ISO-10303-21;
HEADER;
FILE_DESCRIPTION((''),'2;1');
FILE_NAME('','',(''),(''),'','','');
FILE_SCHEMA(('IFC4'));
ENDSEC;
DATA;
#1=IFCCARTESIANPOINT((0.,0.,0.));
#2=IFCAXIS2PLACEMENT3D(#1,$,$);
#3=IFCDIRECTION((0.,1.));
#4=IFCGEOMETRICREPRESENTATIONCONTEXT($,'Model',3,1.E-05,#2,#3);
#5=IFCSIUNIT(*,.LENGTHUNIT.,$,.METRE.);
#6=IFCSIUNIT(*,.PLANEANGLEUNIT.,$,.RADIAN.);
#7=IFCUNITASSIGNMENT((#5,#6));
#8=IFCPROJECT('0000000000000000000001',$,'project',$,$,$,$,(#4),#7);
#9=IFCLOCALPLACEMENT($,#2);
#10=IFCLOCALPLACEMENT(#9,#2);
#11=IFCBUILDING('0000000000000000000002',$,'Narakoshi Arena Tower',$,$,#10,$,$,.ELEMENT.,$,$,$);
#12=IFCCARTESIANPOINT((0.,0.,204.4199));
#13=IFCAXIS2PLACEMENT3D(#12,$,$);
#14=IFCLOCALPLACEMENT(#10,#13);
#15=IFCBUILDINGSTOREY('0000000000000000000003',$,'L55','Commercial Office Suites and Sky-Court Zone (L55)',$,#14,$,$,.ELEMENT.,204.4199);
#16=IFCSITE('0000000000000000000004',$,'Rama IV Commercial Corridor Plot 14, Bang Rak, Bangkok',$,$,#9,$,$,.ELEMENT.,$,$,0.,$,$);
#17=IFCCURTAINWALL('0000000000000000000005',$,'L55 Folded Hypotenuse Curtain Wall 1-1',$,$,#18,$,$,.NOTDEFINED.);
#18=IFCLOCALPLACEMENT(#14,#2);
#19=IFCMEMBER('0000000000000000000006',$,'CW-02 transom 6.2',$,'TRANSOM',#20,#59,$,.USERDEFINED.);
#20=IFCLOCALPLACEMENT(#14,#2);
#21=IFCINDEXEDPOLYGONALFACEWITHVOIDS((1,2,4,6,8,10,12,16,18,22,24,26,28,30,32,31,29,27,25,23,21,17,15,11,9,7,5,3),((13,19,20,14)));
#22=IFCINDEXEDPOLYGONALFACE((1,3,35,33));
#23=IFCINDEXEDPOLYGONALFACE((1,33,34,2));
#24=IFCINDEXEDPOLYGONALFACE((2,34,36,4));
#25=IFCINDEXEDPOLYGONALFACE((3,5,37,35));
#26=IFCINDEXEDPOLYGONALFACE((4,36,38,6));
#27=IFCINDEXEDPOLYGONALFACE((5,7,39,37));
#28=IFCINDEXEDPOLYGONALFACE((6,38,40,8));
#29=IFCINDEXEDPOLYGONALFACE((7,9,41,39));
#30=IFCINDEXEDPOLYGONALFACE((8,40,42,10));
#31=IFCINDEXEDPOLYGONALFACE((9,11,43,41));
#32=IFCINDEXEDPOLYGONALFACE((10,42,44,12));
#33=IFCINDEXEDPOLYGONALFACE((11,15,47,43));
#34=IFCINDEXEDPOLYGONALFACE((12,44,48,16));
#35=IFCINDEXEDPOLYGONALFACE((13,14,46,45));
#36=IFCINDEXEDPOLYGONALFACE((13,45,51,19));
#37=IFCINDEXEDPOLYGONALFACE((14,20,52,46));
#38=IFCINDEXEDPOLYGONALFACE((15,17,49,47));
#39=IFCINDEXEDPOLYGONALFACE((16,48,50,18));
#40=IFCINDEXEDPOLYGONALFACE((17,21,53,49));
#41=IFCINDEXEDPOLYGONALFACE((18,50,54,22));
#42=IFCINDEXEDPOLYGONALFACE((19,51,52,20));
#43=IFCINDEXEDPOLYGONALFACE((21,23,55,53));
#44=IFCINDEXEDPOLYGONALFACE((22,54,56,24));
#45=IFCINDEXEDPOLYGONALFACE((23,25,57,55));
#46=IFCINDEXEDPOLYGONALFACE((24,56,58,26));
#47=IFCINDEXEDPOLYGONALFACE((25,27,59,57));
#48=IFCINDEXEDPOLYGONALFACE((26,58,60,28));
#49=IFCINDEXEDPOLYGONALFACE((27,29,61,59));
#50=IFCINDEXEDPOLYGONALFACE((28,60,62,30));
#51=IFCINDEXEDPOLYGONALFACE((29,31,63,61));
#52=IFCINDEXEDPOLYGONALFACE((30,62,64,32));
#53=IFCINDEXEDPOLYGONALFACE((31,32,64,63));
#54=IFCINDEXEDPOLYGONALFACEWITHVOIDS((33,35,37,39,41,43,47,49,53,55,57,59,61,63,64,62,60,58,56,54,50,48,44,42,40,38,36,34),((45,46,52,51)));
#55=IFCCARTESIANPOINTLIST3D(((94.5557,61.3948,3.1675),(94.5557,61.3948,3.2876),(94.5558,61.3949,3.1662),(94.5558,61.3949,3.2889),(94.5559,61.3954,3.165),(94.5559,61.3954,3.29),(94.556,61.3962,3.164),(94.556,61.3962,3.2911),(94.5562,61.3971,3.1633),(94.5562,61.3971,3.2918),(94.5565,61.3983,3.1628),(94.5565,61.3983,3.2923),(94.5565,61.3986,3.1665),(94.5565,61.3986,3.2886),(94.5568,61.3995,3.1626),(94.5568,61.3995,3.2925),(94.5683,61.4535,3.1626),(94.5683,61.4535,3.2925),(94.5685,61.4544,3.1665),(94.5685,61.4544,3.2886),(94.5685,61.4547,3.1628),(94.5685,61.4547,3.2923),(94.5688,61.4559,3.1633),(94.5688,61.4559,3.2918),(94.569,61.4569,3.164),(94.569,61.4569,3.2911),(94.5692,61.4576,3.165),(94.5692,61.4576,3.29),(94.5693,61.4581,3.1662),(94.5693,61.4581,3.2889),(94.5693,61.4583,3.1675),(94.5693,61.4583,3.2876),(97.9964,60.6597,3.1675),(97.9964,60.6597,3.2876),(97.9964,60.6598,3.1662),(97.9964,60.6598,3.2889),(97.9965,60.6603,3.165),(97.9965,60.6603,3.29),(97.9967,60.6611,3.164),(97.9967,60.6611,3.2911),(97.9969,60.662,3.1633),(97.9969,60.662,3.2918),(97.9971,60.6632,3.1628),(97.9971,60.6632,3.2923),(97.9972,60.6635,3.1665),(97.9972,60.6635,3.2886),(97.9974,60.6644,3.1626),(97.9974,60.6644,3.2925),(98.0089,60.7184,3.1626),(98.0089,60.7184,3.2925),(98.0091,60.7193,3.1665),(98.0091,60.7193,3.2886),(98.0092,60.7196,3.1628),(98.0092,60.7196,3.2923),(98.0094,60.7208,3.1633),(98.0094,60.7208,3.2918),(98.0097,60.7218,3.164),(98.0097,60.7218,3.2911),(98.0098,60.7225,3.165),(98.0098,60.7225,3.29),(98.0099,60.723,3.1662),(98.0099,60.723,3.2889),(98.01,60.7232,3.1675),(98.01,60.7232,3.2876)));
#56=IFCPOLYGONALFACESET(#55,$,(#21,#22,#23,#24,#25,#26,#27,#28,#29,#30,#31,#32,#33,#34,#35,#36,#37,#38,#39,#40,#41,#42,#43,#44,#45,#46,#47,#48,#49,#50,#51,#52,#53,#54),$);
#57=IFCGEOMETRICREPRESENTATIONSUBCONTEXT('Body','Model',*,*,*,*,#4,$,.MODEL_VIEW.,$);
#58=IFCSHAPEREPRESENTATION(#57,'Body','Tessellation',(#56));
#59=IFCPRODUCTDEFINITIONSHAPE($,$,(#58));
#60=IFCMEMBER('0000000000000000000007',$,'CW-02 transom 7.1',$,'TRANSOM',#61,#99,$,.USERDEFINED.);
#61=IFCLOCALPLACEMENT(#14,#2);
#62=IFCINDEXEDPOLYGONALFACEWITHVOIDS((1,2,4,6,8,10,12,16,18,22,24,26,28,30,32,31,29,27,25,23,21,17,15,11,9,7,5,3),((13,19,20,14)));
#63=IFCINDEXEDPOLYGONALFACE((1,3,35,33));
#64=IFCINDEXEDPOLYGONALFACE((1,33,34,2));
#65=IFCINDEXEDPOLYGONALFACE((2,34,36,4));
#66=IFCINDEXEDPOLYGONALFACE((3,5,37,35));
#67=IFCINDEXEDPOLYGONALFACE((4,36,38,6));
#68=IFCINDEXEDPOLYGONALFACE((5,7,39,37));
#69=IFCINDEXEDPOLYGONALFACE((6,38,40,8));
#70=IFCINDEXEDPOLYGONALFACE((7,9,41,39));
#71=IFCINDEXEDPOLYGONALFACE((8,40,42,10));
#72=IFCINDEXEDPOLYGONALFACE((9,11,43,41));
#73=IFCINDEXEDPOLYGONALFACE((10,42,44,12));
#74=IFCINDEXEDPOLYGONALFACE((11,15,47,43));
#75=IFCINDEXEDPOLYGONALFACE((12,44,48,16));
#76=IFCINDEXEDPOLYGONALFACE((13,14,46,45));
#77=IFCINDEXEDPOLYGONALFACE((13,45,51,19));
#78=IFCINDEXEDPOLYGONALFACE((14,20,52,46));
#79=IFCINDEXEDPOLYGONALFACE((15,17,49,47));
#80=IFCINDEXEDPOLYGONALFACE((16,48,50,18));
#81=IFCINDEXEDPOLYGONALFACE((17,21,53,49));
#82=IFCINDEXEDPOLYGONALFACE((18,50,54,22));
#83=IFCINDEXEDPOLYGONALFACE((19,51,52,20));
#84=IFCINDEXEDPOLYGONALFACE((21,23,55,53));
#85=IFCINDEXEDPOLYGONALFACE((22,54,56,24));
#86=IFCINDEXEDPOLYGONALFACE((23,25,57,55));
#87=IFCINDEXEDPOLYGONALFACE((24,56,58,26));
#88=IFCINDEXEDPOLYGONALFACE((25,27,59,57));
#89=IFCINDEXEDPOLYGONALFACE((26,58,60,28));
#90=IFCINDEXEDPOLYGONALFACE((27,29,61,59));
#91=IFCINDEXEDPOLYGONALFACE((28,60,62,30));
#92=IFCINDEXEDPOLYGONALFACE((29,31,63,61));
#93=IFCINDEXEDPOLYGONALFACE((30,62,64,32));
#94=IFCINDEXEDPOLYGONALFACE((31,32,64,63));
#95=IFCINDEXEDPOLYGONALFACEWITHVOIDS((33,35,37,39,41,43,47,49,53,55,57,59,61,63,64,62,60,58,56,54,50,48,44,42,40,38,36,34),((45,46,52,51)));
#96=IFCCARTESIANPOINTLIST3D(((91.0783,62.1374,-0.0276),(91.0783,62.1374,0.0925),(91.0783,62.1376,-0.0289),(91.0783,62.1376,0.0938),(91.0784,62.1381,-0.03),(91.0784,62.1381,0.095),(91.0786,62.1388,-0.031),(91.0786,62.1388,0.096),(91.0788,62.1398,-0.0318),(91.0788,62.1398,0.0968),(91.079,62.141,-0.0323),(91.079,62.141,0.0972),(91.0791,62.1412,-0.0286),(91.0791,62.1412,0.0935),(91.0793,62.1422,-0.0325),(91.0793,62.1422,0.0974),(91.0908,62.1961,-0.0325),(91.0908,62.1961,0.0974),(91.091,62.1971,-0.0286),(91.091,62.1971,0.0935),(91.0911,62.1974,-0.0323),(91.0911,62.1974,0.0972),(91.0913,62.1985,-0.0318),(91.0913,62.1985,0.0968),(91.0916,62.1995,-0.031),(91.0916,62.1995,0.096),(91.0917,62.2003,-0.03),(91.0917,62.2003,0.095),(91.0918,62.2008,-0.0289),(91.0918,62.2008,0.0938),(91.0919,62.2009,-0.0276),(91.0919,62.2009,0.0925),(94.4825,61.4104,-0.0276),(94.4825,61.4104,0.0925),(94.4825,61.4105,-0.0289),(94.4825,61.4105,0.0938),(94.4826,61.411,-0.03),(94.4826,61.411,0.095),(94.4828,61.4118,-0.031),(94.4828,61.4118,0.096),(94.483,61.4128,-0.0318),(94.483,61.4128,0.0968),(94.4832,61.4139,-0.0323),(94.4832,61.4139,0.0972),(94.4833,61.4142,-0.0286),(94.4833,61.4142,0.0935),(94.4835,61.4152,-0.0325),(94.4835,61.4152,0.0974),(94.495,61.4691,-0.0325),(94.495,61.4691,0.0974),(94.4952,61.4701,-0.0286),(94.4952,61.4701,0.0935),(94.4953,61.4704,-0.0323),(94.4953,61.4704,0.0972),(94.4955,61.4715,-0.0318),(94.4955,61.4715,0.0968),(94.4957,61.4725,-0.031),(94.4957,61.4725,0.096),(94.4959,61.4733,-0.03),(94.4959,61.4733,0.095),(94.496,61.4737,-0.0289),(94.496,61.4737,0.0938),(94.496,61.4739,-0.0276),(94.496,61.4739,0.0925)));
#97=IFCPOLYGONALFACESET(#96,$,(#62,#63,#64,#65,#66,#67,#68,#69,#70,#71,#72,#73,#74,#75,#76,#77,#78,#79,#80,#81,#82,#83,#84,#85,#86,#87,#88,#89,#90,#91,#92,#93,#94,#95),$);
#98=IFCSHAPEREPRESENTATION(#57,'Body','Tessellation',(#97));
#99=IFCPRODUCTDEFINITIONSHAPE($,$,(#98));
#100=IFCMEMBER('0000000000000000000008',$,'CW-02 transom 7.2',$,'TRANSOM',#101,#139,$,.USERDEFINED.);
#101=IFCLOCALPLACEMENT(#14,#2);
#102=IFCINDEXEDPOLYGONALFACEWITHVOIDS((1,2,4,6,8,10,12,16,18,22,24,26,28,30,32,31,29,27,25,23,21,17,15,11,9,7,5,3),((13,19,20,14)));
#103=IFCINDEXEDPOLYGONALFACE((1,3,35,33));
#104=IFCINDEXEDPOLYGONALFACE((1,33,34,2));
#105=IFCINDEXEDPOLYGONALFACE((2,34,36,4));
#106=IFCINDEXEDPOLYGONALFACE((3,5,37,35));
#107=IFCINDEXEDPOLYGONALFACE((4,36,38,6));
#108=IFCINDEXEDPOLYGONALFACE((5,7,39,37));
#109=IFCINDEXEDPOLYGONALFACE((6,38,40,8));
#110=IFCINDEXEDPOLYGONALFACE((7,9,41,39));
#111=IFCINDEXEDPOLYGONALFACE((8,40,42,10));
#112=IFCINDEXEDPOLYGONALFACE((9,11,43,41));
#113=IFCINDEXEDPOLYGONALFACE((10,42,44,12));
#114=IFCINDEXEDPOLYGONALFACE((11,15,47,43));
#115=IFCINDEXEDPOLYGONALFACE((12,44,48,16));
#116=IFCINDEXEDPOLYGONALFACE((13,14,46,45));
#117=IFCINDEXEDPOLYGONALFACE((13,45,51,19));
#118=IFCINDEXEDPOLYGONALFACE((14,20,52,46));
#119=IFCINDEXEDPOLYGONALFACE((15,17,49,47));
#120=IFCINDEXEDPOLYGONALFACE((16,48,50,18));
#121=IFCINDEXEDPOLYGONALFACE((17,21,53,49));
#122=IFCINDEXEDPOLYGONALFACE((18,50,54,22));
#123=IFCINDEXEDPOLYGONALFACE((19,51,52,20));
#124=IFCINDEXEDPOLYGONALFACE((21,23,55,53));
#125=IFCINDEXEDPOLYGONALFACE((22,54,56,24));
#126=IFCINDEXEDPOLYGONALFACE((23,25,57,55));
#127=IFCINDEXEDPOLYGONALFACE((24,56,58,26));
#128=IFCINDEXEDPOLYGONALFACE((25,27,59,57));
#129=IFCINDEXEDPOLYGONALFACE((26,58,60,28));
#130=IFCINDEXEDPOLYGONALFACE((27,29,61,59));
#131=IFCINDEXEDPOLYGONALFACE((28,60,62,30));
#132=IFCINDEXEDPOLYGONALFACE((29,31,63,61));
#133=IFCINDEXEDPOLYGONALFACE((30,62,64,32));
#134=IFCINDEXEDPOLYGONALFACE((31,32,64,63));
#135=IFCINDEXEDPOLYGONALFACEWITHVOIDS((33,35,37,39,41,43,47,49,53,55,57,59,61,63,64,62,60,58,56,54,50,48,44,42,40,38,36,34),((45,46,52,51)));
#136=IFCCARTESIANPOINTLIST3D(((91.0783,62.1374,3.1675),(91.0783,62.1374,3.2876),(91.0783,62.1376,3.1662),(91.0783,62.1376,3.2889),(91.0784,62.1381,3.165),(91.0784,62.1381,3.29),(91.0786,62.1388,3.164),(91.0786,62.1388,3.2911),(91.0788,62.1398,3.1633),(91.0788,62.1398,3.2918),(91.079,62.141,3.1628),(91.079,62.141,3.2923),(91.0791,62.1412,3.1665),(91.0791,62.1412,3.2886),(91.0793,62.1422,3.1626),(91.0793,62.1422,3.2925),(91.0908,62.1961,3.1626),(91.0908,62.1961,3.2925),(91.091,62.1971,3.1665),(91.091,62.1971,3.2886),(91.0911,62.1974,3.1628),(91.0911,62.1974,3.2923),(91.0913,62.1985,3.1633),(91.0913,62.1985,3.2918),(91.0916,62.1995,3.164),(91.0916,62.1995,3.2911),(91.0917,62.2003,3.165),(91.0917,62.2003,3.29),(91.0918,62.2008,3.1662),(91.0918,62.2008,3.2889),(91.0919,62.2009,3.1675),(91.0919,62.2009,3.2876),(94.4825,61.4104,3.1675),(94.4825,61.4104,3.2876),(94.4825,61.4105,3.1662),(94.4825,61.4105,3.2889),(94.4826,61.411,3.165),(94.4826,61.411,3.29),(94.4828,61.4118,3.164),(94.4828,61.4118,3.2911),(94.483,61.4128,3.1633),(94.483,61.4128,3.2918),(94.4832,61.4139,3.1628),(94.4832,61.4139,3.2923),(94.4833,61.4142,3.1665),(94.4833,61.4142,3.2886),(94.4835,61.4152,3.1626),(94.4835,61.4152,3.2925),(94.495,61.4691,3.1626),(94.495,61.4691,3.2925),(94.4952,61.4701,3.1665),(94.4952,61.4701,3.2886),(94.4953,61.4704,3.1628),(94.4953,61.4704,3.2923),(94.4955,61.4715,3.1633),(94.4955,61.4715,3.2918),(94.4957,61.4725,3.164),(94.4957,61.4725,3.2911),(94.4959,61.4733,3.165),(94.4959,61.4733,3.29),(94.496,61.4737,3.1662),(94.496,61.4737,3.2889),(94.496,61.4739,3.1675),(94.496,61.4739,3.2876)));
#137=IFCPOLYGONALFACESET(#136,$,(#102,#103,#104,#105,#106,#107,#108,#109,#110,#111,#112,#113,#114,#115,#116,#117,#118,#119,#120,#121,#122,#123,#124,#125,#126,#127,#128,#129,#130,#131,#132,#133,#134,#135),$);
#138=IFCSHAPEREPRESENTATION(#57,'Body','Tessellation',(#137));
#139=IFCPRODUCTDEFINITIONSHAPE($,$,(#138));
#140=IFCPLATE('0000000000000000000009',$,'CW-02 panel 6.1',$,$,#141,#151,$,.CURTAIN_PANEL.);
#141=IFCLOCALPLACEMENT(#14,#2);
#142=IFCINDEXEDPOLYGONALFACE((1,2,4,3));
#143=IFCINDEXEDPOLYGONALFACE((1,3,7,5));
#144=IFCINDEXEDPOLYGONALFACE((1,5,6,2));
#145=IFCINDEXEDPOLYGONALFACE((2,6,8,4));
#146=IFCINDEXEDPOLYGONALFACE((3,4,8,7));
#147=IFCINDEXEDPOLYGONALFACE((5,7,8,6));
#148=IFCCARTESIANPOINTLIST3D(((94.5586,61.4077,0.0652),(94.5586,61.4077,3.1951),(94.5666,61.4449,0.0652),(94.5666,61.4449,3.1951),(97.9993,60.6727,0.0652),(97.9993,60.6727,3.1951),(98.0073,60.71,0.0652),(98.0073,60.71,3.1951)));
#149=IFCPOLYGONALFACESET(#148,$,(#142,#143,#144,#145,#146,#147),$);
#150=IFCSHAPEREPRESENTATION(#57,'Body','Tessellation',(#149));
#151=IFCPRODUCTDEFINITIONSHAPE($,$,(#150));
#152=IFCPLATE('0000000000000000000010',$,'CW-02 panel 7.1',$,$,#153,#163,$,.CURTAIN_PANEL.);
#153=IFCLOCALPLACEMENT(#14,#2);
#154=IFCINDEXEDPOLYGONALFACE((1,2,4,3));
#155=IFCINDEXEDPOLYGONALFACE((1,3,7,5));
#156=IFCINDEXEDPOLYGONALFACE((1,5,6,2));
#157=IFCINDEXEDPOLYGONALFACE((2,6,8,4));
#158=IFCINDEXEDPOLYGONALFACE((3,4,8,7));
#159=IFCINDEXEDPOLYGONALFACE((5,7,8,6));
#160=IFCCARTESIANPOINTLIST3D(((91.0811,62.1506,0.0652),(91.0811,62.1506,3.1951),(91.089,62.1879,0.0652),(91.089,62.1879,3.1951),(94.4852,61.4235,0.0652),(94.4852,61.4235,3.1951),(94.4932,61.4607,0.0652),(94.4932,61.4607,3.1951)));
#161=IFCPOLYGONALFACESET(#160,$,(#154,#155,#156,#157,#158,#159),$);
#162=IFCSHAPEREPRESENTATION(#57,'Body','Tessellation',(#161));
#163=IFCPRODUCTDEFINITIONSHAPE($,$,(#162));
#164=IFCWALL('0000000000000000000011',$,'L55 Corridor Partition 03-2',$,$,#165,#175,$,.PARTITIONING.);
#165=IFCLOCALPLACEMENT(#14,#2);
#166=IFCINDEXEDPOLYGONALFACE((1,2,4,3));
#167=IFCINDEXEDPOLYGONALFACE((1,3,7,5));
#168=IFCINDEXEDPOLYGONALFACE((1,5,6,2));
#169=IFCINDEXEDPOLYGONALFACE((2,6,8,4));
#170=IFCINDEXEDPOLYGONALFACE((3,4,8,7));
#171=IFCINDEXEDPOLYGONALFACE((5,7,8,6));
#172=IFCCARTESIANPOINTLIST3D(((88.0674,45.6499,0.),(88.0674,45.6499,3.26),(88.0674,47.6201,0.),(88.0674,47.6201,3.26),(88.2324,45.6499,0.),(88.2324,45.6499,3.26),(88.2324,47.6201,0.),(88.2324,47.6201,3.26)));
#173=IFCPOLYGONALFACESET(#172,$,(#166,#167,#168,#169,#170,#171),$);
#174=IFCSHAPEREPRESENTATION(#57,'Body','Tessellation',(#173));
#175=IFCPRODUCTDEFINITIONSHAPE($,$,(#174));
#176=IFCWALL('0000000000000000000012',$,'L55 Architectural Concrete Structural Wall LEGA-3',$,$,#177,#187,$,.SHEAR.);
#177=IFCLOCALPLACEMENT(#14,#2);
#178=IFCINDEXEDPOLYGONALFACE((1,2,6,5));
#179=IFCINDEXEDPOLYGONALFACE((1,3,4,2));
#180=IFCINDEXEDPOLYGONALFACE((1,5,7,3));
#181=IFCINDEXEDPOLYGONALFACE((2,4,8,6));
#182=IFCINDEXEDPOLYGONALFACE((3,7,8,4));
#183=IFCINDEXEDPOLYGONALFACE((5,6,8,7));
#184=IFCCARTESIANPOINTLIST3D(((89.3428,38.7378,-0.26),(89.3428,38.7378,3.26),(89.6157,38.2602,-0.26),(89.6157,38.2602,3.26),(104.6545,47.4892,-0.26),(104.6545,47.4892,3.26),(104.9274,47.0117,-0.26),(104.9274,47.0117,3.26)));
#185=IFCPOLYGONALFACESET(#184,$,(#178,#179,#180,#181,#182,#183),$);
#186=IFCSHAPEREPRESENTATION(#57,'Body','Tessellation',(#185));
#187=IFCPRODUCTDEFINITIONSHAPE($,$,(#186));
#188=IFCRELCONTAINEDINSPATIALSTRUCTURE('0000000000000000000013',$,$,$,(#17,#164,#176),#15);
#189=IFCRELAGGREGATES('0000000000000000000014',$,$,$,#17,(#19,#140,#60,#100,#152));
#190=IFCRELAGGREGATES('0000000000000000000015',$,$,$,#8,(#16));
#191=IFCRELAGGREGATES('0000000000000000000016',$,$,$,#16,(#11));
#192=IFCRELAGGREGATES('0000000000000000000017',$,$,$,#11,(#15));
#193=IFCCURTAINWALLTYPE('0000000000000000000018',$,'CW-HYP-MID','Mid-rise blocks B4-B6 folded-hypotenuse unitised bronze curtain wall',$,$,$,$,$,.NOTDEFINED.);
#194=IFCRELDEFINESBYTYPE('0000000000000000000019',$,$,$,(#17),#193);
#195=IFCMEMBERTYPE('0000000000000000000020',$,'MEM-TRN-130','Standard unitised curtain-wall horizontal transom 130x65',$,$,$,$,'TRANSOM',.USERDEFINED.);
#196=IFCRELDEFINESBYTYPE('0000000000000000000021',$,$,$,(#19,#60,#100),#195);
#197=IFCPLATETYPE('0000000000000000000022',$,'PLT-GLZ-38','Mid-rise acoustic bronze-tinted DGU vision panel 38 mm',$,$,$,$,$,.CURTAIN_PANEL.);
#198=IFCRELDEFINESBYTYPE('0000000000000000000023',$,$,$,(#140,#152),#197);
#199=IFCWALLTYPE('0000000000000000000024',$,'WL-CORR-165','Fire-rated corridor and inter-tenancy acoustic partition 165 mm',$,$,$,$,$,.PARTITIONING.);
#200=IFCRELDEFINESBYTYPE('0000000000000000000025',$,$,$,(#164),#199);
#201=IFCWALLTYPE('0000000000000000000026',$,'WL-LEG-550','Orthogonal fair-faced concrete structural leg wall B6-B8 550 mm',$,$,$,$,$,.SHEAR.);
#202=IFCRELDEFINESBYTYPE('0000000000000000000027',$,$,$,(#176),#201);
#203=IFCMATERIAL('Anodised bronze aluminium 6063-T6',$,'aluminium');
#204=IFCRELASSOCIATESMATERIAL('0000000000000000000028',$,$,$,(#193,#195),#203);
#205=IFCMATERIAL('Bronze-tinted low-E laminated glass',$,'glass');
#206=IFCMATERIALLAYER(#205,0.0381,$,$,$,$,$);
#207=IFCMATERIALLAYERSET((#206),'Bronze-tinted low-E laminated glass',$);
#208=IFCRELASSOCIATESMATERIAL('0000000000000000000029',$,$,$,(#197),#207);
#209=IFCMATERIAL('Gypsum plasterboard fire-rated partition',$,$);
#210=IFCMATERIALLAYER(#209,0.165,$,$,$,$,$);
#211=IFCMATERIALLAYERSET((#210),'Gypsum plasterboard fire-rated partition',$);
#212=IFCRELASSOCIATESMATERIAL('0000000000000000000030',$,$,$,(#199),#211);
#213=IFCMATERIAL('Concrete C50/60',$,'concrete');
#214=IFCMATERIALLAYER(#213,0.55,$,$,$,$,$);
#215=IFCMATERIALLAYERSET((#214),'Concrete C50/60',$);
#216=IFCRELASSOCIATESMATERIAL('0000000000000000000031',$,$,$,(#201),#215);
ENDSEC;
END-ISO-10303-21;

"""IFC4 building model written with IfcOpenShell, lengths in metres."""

from ifc_helpers import new_model, si_unit, direction, frame, frame_2d, origin, origin_2d, place, context, subcontext, project, spatial, rectangle, hollow_rectangle, extrude, material, layer, layer_set, material_profile, profile_set, type_object, element, aggregate, save


model = new_model("IFC4")

# Units and contexts
model_context = context("Model", 3, precision=1e-05, world=origin(), true_north=direction((0.0, 1.0)))
body_context = subcontext(model_context, "Body", "Model", "MODEL_VIEW")
ifc_project = project(units=[si_unit("LENGTHUNIT", "METRE"), si_unit("PLANEANGLEUNIT", "RADIAN")], contexts=[model_context])

# Site, building, storey
site_placement = place(None, origin())
site = spatial("IfcSite", under=ifc_project, at=site_placement, Name="Rama IV Commercial Corridor Plot 14, Bang Rak, Bangkok", CompositionType="ELEMENT", RefElevation=0.0)
building_placement = place(site_placement, origin())
building = spatial("IfcBuilding", under=site, at=building_placement, Name="Narakoshi Arena Tower", CompositionType="ELEMENT")
storey_placement = place(building_placement, frame((0.0, 0.0, 204.4199)))
storey = spatial("IfcBuildingStorey", under=building, at=storey_placement, Name="L55", Description="Commercial Office Suites and Sky-Court Zone (L55)", CompositionType="ELEMENT", Elevation=204.4199)

# Shared definitions
ifc_material_1 = material(Name="Concrete C50/60", Category="concrete")

# Curtain wall, members, plates
ifc_material_2 = material(Name="Anodised bronze aluminium 6063-T6", Category="aluminium")
curtain_wall_type = type_object("IfcCurtainWallType", Name="CW-HYP-MID", Description="Mid-rise blocks B4-B6 folded-hypotenuse unitised bronze curtain wall", PredefinedType="NOTDEFINED", material=ifc_material_2)
curtain_wall_placement = place(storey_placement, origin())
curtain_wall = element("IfcCurtainWall", 1, at=curtain_wall_placement, inside=storey, type_object=curtain_wall_type, Name="L55 Folded Hypotenuse Curtain Wall 1-1", PredefinedType="NOTDEFINED")
ifc_material_profile_1 = material_profile(ifc_material_2, hollow_rectangle(XDim=0.0649, YDim=0.1299, WallThickness=0.0039, OuterFilletRadius=0.0049, at=origin_2d()), Name="TRN130x65x4")
ifc_profile_set_1 = profile_set([ifc_material_profile_1], Name="Anodised bronze aluminium 6063-T6")
member_type_1 = type_object("IfcMemberType", Name="MEM-TRN-130", Description="Standard unitised curtain-wall horizontal transom 130x65", ElementType="TRANSOM", PredefinedType="USERDEFINED", material=ifc_profile_set_1)
member_1_placement = place(storey_placement, frame((98.0032, 60.6914, 3.2275), z_axis=(-0.977929, 0.208937, 0.0), x_axis=(-0.208937, -0.977929, 0.0)))
member_1 = element("IfcMember", 2, at=member_1_placement, type_object=member_type_1, Name="CW-02 transom 6.2", ObjectType="TRANSOM", PredefinedType="USERDEFINED", context=body_context, shape_type="SweptSolid", body=[
    extrude(hollow_rectangle(XDim=0.0649, YDim=0.1299, WallThickness=0.0039, OuterFilletRadius=0.0049, at=origin_2d()), origin(), (0.0, 0.0, 1.0), 3.5183),
])
member_2_placement = place(storey_placement, frame((94.4893, 61.4421, 0.0325), z_axis=(-0.977946, 0.208858, 0.0), x_axis=(-0.208858, -0.977946, 0.0)))
member_2 = element("IfcMember", 3, at=member_2_placement, type_object=member_type_1, Name="CW-02 transom 7.1", ObjectType="TRANSOM", PredefinedType="USERDEFINED", context=body_context, shape_type="SweptSolid", body=[
    extrude(hollow_rectangle(XDim=0.0649, YDim=0.1299, WallThickness=0.0039, OuterFilletRadius=0.0049, at=origin_2d()), origin(), (0.0, 0.0, 1.0), 3.481),
])
member_3_placement = place(storey_placement, frame((94.4893, 61.4421, 3.2275), z_axis=(-0.977946, 0.208858, 0.0), x_axis=(-0.208858, -0.977946, 0.0)))
member_3 = element("IfcMember", 4, at=member_3_placement, type_object=member_type_1, Name="CW-02 transom 7.2", ObjectType="TRANSOM", PredefinedType="USERDEFINED", context=body_context, shape_type="SweptSolid", body=[
    extrude(hollow_rectangle(XDim=0.0649, YDim=0.1299, WallThickness=0.0039, OuterFilletRadius=0.0049, at=origin_2d()), origin(), (0.0, 0.0, 1.0), 3.481),
])
ifc_material_3 = material(Name="Bronze-tinted low-E laminated glass", Category="glass")
ifc_layer_1 = layer(ifc_material_3, 0.0381)
ifc_layer_set_1 = layer_set([ifc_layer_1], Name="Bronze-tinted low-E laminated glass")
plate_type = type_object("IfcPlateType", Name="PLT-GLZ-38", Description="Mid-rise acoustic bronze-tinted DGU vision panel 38 mm", PredefinedType="CURTAIN_PANEL", material=ifc_layer_set_1)
plate_1_placement = place(storey_placement, frame((96.283, 61.0588, 0.0652), z_axis=(0.0, 0.0, 1.0), x_axis=(-0.977937, 0.208899, 0.0)))
plate_1 = element("IfcPlate", 5, at=plate_1_placement, type_object=plate_type, Name="CW-02 panel 6.1", PredefinedType="CURTAIN_PANEL", context=body_context, shape_type="SweptSolid", body=[
    extrude(rectangle(XDim=3.5183, YDim=0.0381, at=origin_2d()), origin(), (0.0, 0.0, 1.0), 3.1299),
])
plate_2_placement = place(storey_placement, frame((92.7871, 61.8057, 0.0652), z_axis=(0.0, 0.0, 1.0), x_axis=(-0.977937, 0.208899, 0.0)))
plate_2 = element("IfcPlate", 6, at=plate_2_placement, type_object=plate_type, Name="CW-02 panel 7.1", PredefinedType="CURTAIN_PANEL", context=body_context, shape_type="SweptSolid", body=[
    extrude(rectangle(XDim=3.481, YDim=0.0381, at=origin_2d()), origin(), (0.0, 0.0, 1.0), 3.1299),
])
aggregate(curtain_wall, [member_1, plate_1, member_2, member_3, plate_2])

# Walls
ifc_material_4 = material(Name="Gypsum plasterboard fire-rated partition")
ifc_layer_2 = layer(ifc_material_4, 0.165)
ifc_layer_set_2 = layer_set([ifc_layer_2], Name="Gypsum plasterboard fire-rated partition")
wall_type_1 = type_object("IfcWallType", Name="WL-CORR-165", Description="Fire-rated corridor and inter-tenancy acoustic partition 165 mm", PredefinedType="PARTITIONING", material=ifc_layer_set_2)
wall_1_placement = place(storey_placement, frame((88.1499, 45.6499, 0.0), z_axis=(0.0, 0.0, 1.0), x_axis=(0.0, 1.0, 0.0)))
element("IfcWall", 7, at=wall_1_placement, inside=storey, type_object=wall_type_1, Name="L55 Corridor Partition 03-2", PredefinedType="PARTITIONING", context=body_context, shape_type="SweptSolid", body=[
    extrude(rectangle(XDim=1.9702, YDim=0.165, at=frame_2d((0.9851, 0.0))), origin(), (0.0, 0.0, 1.0), 3.26),
])
ifc_layer_3 = layer(ifc_material_1, 0.55)
ifc_layer_set_3 = layer_set([ifc_layer_3], Name="Concrete C50/60")
wall_type_2 = type_object("IfcWallType", Name="WL-LEG-550", Description="Orthogonal fair-faced concrete structural leg wall B6-B8 550 mm", PredefinedType="SHEAR", material=ifc_layer_set_3)
wall_2_placement = place(storey_placement, frame((89.4792, 38.499, -0.26), z_axis=(0.0, 0.0, 1.0), x_axis=(0.868197, 0.496219, 0.0)))
element("IfcWall", 8, at=wall_2_placement, inside=storey, type_object=wall_type_2, Name="L55 Architectural Concrete Structural Wall LEGA-3", PredefinedType="SHEAR", context=body_context, shape_type="SweptSolid", body=[
    extrude(rectangle(XDim=17.6362, YDim=0.55, at=frame_2d((8.8181, 0.0))), origin(), (0.0, 0.0, 1.0), 3.52),
])

save(model, "model.ifc")
